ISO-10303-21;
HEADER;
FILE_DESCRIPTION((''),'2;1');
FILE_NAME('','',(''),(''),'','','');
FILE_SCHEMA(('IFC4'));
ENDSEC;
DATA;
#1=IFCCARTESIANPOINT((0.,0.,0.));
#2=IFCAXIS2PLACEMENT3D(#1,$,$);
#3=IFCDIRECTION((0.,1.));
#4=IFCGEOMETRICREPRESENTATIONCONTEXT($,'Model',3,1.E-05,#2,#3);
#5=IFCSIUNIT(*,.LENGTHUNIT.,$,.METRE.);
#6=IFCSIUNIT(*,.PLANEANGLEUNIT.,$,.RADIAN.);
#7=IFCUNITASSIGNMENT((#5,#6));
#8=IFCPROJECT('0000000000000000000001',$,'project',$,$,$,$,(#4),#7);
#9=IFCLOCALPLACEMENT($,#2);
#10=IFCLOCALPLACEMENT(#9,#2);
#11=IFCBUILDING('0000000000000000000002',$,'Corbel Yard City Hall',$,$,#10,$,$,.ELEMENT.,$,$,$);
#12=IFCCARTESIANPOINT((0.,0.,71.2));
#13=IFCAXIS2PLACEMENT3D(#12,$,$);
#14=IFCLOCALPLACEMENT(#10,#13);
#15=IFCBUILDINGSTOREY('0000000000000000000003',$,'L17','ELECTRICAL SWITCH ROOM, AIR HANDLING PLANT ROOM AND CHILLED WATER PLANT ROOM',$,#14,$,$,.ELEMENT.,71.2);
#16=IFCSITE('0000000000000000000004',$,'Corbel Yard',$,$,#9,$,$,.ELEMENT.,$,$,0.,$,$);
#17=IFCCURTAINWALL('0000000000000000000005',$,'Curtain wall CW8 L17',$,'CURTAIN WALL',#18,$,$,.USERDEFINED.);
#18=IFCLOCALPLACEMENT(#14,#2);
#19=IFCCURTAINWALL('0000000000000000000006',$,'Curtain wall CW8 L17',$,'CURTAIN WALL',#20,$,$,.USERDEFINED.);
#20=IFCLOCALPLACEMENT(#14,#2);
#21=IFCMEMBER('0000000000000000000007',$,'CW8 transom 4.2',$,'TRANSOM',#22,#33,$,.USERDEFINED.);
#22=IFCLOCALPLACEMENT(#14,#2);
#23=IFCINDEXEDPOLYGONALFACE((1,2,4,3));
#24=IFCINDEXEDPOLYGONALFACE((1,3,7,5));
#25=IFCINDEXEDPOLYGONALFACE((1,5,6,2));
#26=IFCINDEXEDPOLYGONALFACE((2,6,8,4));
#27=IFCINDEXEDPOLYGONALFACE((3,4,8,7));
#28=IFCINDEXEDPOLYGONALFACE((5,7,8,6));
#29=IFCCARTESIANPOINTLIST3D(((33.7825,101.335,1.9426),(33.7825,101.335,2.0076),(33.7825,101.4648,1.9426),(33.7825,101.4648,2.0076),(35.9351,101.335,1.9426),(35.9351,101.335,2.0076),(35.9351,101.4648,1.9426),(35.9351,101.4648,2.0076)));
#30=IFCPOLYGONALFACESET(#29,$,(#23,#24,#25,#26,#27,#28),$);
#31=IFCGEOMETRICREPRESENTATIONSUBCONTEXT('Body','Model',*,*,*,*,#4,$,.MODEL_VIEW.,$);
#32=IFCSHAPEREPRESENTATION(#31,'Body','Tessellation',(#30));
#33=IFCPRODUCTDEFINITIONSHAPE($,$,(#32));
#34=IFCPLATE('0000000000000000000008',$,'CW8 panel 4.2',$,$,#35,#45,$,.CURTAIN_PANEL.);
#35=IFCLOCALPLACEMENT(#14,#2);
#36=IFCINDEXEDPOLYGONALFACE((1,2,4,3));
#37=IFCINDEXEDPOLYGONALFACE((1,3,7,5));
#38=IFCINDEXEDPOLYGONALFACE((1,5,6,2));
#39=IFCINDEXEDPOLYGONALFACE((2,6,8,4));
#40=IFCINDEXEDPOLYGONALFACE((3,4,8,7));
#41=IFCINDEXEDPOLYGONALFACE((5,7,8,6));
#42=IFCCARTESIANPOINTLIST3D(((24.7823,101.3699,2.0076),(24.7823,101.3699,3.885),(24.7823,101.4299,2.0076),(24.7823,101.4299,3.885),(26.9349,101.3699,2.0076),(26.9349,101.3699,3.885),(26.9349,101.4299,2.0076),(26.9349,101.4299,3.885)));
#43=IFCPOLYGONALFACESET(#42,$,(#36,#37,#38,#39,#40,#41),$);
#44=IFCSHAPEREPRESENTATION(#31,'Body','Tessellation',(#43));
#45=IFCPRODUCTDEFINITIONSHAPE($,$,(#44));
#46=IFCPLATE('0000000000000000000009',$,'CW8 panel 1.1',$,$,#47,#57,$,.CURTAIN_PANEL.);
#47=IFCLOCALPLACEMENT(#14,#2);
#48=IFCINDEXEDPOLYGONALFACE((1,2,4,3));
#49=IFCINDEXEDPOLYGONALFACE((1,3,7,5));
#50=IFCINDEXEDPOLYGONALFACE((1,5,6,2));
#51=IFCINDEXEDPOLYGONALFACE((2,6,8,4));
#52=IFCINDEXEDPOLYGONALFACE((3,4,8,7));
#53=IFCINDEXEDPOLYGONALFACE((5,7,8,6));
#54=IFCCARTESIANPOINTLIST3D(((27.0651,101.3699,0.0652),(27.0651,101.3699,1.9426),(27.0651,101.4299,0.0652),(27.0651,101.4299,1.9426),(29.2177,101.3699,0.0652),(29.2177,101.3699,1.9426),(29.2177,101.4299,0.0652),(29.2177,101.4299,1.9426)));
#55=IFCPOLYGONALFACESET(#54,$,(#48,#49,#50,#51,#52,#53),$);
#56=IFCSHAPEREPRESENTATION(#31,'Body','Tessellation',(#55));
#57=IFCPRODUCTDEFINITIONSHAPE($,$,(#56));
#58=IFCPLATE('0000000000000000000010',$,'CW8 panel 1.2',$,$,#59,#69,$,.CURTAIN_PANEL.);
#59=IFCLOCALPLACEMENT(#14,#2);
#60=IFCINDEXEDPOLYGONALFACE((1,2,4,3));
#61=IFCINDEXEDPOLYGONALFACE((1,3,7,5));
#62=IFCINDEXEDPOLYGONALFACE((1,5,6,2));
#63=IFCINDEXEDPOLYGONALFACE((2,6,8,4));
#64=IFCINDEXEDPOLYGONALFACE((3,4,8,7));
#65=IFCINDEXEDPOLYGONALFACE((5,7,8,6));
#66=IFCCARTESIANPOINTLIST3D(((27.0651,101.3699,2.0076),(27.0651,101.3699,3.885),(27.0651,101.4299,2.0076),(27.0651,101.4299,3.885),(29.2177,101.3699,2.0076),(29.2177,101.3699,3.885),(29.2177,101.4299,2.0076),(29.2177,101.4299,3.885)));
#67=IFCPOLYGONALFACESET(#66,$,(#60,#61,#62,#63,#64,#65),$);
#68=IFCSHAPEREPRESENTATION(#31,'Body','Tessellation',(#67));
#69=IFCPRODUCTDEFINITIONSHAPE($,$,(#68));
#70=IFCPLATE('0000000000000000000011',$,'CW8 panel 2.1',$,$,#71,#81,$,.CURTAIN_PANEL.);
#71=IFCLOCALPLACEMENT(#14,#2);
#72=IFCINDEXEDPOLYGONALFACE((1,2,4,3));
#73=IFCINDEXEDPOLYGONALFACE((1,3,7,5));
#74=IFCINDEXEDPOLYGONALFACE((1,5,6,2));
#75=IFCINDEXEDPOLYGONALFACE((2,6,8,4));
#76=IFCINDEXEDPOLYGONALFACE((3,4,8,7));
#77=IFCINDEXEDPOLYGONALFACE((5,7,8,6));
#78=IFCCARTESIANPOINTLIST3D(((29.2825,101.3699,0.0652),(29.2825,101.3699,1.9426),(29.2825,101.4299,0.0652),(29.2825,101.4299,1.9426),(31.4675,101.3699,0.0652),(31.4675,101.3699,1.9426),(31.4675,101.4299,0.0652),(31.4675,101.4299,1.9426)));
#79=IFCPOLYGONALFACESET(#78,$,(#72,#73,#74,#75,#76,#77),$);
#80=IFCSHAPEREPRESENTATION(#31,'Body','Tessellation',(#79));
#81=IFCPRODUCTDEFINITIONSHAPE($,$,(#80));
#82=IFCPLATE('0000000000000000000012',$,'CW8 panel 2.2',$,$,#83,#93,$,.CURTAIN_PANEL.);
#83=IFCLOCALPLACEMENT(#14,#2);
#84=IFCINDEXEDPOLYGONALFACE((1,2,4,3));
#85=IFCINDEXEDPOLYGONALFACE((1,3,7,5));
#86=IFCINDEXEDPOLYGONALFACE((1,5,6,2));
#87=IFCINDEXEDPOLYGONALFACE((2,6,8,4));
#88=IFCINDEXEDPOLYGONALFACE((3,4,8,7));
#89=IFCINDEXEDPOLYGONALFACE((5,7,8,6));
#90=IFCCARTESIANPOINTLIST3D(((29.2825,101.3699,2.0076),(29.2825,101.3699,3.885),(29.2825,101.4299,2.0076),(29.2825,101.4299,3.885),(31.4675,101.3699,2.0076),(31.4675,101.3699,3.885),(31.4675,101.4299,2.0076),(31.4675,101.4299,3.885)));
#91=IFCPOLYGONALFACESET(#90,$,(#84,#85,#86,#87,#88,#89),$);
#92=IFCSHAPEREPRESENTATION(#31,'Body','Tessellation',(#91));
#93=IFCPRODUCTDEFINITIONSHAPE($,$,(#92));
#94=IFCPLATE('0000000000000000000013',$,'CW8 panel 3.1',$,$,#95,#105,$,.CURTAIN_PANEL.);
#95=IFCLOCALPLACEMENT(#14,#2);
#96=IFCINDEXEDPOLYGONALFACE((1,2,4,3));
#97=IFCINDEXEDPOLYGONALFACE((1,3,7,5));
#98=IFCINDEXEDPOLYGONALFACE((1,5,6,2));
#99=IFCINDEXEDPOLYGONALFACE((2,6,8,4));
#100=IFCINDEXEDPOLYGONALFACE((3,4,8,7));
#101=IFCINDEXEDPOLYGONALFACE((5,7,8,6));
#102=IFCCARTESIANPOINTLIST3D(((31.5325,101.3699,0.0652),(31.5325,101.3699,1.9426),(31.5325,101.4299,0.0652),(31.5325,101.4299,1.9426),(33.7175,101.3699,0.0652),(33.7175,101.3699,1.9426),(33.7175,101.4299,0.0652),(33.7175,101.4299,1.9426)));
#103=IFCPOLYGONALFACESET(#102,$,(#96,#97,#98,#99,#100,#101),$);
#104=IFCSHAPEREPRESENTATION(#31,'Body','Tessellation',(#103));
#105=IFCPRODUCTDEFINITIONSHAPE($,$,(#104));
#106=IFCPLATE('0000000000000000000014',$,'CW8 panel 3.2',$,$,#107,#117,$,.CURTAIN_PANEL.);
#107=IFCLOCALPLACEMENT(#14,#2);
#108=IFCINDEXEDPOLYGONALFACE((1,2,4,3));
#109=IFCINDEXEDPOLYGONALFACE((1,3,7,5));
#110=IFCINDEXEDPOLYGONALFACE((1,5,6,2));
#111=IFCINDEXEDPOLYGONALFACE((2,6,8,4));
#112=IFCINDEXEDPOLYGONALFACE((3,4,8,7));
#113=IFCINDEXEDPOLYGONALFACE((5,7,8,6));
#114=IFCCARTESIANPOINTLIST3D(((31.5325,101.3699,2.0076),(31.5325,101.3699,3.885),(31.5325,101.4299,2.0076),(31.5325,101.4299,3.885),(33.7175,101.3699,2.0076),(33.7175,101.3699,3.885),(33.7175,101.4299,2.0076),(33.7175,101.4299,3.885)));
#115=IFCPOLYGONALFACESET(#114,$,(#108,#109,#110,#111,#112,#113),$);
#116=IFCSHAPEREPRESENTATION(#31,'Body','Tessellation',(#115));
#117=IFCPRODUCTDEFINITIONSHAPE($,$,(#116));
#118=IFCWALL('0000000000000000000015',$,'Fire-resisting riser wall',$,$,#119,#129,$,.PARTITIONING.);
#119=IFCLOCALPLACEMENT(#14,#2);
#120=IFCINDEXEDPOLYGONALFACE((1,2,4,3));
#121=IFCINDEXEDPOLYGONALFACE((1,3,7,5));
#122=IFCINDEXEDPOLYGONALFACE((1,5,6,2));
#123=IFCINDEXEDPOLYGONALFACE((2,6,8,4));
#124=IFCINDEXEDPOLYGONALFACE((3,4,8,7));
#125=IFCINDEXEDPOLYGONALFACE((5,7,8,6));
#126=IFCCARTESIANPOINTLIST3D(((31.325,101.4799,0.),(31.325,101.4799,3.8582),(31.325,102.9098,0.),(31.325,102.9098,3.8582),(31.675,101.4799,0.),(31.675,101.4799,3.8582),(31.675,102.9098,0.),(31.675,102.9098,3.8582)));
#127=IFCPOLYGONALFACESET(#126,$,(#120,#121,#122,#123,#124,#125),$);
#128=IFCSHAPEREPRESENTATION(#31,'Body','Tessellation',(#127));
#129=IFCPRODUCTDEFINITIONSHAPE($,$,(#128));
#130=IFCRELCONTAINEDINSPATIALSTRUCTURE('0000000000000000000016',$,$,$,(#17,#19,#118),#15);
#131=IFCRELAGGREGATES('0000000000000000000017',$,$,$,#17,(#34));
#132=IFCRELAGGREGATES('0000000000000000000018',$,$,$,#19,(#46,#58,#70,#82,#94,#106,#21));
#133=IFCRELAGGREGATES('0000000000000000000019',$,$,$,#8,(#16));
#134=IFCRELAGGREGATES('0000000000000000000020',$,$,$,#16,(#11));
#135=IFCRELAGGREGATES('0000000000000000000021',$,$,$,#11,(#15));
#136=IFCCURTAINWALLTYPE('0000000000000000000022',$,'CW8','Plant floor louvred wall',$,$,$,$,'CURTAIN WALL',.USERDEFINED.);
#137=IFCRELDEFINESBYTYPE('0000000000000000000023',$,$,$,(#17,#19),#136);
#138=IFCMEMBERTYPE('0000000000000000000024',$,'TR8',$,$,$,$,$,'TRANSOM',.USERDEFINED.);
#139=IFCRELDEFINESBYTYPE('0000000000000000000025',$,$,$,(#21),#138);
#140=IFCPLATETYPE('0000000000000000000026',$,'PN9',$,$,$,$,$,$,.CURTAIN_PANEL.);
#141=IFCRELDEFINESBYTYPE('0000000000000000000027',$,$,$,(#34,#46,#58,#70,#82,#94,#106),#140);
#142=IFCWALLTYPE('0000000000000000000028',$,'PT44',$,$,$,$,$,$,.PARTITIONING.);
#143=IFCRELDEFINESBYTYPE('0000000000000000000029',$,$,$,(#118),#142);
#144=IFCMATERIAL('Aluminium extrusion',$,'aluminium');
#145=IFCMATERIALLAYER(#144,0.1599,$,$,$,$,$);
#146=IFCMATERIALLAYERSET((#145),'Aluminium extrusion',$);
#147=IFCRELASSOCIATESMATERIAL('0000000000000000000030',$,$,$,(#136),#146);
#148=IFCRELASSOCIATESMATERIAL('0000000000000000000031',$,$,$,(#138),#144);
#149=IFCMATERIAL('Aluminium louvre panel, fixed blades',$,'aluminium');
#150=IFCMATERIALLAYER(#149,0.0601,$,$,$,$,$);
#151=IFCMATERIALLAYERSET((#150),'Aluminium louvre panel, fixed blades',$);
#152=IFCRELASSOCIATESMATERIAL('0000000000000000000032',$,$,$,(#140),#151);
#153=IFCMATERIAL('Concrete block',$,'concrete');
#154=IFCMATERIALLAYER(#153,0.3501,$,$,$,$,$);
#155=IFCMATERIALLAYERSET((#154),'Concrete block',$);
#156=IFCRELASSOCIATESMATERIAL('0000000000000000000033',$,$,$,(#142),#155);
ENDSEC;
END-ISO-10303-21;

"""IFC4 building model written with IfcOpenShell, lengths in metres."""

from ifc_helpers import new_model, si_unit, direction, frame, frame_2d, origin, origin_2d, place, context, subcontext, project, spatial, rectangle, extrude, material, layer, layer_set, material_profile, profile_set, type_object, element, aggregate, save


model = new_model("IFC4")

# Units and contexts
model_context = context("Model", 3, precision=1e-05, world=origin(), true_north=direction((0.0, 1.0)))
body_context = subcontext(model_context, "Body", "Model", "MODEL_VIEW")
ifc_project = project(units=[si_unit("LENGTHUNIT", "METRE"), si_unit("PLANEANGLEUNIT", "RADIAN")], contexts=[model_context])

# Site, building, storey
site_placement = place(None, origin())
site = spatial("IfcSite", under=ifc_project, at=site_placement, Name="Corbel Yard", CompositionType="ELEMENT", RefElevation=0.0)
building_placement = place(site_placement, origin())
building = spatial("IfcBuilding", under=site, at=building_placement, Name="Corbel Yard City Hall", CompositionType="ELEMENT")
storey_placement = place(building_placement, frame((0.0, 0.0, 71.2)))
storey = spatial("IfcBuildingStorey", under=building, at=storey_placement, Name="L17", Description="ELECTRICAL SWITCH ROOM, AIR HANDLING PLANT ROOM AND CHILLED WATER PLANT ROOM", CompositionType="ELEMENT", Elevation=71.2)

# Curtain wall
ifc_material_1 = material(Name="Aluminium extrusion", Category="aluminium")
ifc_layer_1 = layer(ifc_material_1, 0.1599)
ifc_layer_set_1 = layer_set([ifc_layer_1], Name="Aluminium extrusion")
curtain_wall_type = type_object("IfcCurtainWallType", Name="CW8", Description="Plant floor louvred wall", ElementType="CURTAIN WALL", PredefinedType="USERDEFINED", material=ifc_layer_set_1)
curtain_wall_1_placement = place(storey_placement, origin())
curtain_wall_1 = element("IfcCurtainWall", 1, at=curtain_wall_1_placement, inside=storey, type_object=curtain_wall_type, Name="Curtain wall CW8 L17", ObjectType="CURTAIN WALL", PredefinedType="USERDEFINED")

# Curtain wall, member
curtain_wall_2_placement = place(storey_placement, origin())
curtain_wall_2 = element("IfcCurtainWall", 2, at=curtain_wall_2_placement, inside=storey, type_object=curtain_wall_type, Name="Curtain wall CW8 L17", ObjectType="CURTAIN WALL", PredefinedType="USERDEFINED")
ifc_material_profile_1 = material_profile(ifc_material_1, rectangle(XDim=0.1299, YDim=0.0649, at=origin_2d()), Name="130x65")
ifc_profile_set_1 = profile_set([ifc_material_profile_1], Name="Aluminium extrusion")
member_type_1 = type_object("IfcMemberType", Name="TR8", ElementType="TRANSOM", PredefinedType="USERDEFINED", material=ifc_profile_set_1)
member_1_placement = place(storey_placement, frame((33.7825, 101.3999, 1.9751), z_axis=(1.0, 0.0, 0.0), x_axis=(0.0, 1.0, 0.0)))
member_1 = element("IfcMember", 3, at=member_1_placement, type_object=member_type_1, Name="CW8 transom 4.2", ObjectType="TRANSOM", PredefinedType="USERDEFINED", context=body_context, shape_type="SweptSolid", body=[
    extrude(rectangle(XDim=0.1299, YDim=0.0649, at=origin_2d()), origin(), (0.0, 0.0, 1.0), 2.1526),
])

# Plates
ifc_material_2 = material(Name="Aluminium louvre panel, fixed blades", Category="aluminium")
ifc_layer_2 = layer(ifc_material_2, 0.0601)
ifc_layer_set_2 = layer_set([ifc_layer_2], Name="Aluminium louvre panel, fixed blades")
plate_type = type_object("IfcPlateType", Name="PN9", PredefinedType="CURTAIN_PANEL", material=ifc_layer_set_2)
plate_1_placement = place(storey_placement, frame((25.8586, 101.3999, 2.0076), z_axis=(0.0, 0.0, 1.0), x_axis=(1.0, 0.0, 0.0)))
plate_1 = element("IfcPlate", 4, at=plate_1_placement, type_object=plate_type, Name="CW8 panel 4.2", PredefinedType="CURTAIN_PANEL", context=body_context, shape_type="SweptSolid", body=[
    extrude(rectangle(XDim=2.1526, YDim=0.0601, at=origin_2d()), origin(), (0.0, 0.0, 1.0), 1.8774),
])
aggregate(curtain_wall_1, [plate_1])
plate_2_placement = place(storey_placement, frame((28.1414, 101.3999, 0.0652), z_axis=(0.0, 0.0, 1.0), x_axis=(1.0, 0.0, 0.0)))
plate_2 = element("IfcPlate", 5, at=plate_2_placement, type_object=plate_type, Name="CW8 panel 1.1", PredefinedType="CURTAIN_PANEL", context=body_context, shape_type="SweptSolid", body=[
    extrude(rectangle(XDim=2.1526, YDim=0.0601, at=origin_2d()), origin(), (0.0, 0.0, 1.0), 1.8774),
])
plate_3_placement = place(storey_placement, frame((28.1414, 101.3999, 2.0076), z_axis=(0.0, 0.0, 1.0), x_axis=(1.0, 0.0, 0.0)))
plate_3 = element("IfcPlate", 6, at=plate_3_placement, type_object=plate_type, Name="CW8 panel 1.2", PredefinedType="CURTAIN_PANEL", context=body_context, shape_type="SweptSolid", body=[
    extrude(rectangle(XDim=2.1526, YDim=0.0601, at=origin_2d()), origin(), (0.0, 0.0, 1.0), 1.8774),
])
plate_4_placement = place(storey_placement, frame((30.375, 101.3999, 0.0652), z_axis=(0.0, 0.0, 1.0), x_axis=(1.0, 0.0, 0.0)))
plate_4 = element("IfcPlate", 7, at=plate_4_placement, type_object=plate_type, Name="CW8 panel 2.1", PredefinedType="CURTAIN_PANEL", context=body_context, shape_type="SweptSolid", body=[
    extrude(rectangle(XDim=2.1851, YDim=0.0601, at=origin_2d()), origin(), (0.0, 0.0, 1.0), 1.8774),
])
plate_5_placement = place(storey_placement, frame((30.375, 101.3999, 2.0076), z_axis=(0.0, 0.0, 1.0), x_axis=(1.0, 0.0, 0.0)))
plate_5 = element("IfcPlate", 8, at=plate_5_placement, type_object=plate_type, Name="CW8 panel 2.2", PredefinedType="CURTAIN_PANEL", context=body_context, shape_type="SweptSolid", body=[
    extrude(rectangle(XDim=2.1851, YDim=0.0601, at=origin_2d()), origin(), (0.0, 0.0, 1.0), 1.8774),
])
plate_6_placement = place(storey_placement, frame((32.625, 101.3999, 0.0652), z_axis=(0.0, 0.0, 1.0), x_axis=(1.0, 0.0, 0.0)))
plate_6 = element("IfcPlate", 9, at=plate_6_placement, type_object=plate_type, Name="CW8 panel 3.1", PredefinedType="CURTAIN_PANEL", context=body_context, shape_type="SweptSolid", body=[
    extrude(rectangle(XDim=2.1851, YDim=0.0601, at=origin_2d()), origin(), (0.0, 0.0, 1.0), 1.8774),
])
plate_7_placement = place(storey_placement, frame((32.625, 101.3999, 2.0076), z_axis=(0.0, 0.0, 1.0), x_axis=(1.0, 0.0, 0.0)))
plate_7 = element("IfcPlate", 10, at=plate_7_placement, type_object=plate_type, Name="CW8 panel 3.2", PredefinedType="CURTAIN_PANEL", context=body_context, shape_type="SweptSolid", body=[
    extrude(rectangle(XDim=2.1851, YDim=0.0601, at=origin_2d()), origin(), (0.0, 0.0, 1.0), 1.8774),
])
aggregate(curtain_wall_2, [plate_2, plate_3, plate_4, plate_5, plate_6, plate_7, member_1])

# Wall
ifc_material_3 = material(Name="Concrete block", Category="concrete")
ifc_layer_3 = layer(ifc_material_3, 0.3501)
ifc_layer_set_3 = layer_set([ifc_layer_3], Name="Concrete block")
wall_type = type_object("IfcWallType", Name="PT44", PredefinedType="PARTITIONING", material=ifc_layer_set_3)
wall_placement = place(storey_placement, frame((31.5, 101.48, 0.0), z_axis=(0.0, 0.0, 1.0), x_axis=(0.0, 1.0, 0.0)))
element("IfcWall", 11, at=wall_placement, inside=storey, type_object=wall_type, Name="Fire-resisting riser wall", PredefinedType="PARTITIONING", context=body_context, shape_type="SweptSolid", body=[
    extrude(rectangle(XDim=1.4299, YDim=0.3501, at=frame_2d((0.7148, 0.0))), origin(), (0.0, 0.0, 1.0), 3.8582),
])

save(model, "model.ifc")
